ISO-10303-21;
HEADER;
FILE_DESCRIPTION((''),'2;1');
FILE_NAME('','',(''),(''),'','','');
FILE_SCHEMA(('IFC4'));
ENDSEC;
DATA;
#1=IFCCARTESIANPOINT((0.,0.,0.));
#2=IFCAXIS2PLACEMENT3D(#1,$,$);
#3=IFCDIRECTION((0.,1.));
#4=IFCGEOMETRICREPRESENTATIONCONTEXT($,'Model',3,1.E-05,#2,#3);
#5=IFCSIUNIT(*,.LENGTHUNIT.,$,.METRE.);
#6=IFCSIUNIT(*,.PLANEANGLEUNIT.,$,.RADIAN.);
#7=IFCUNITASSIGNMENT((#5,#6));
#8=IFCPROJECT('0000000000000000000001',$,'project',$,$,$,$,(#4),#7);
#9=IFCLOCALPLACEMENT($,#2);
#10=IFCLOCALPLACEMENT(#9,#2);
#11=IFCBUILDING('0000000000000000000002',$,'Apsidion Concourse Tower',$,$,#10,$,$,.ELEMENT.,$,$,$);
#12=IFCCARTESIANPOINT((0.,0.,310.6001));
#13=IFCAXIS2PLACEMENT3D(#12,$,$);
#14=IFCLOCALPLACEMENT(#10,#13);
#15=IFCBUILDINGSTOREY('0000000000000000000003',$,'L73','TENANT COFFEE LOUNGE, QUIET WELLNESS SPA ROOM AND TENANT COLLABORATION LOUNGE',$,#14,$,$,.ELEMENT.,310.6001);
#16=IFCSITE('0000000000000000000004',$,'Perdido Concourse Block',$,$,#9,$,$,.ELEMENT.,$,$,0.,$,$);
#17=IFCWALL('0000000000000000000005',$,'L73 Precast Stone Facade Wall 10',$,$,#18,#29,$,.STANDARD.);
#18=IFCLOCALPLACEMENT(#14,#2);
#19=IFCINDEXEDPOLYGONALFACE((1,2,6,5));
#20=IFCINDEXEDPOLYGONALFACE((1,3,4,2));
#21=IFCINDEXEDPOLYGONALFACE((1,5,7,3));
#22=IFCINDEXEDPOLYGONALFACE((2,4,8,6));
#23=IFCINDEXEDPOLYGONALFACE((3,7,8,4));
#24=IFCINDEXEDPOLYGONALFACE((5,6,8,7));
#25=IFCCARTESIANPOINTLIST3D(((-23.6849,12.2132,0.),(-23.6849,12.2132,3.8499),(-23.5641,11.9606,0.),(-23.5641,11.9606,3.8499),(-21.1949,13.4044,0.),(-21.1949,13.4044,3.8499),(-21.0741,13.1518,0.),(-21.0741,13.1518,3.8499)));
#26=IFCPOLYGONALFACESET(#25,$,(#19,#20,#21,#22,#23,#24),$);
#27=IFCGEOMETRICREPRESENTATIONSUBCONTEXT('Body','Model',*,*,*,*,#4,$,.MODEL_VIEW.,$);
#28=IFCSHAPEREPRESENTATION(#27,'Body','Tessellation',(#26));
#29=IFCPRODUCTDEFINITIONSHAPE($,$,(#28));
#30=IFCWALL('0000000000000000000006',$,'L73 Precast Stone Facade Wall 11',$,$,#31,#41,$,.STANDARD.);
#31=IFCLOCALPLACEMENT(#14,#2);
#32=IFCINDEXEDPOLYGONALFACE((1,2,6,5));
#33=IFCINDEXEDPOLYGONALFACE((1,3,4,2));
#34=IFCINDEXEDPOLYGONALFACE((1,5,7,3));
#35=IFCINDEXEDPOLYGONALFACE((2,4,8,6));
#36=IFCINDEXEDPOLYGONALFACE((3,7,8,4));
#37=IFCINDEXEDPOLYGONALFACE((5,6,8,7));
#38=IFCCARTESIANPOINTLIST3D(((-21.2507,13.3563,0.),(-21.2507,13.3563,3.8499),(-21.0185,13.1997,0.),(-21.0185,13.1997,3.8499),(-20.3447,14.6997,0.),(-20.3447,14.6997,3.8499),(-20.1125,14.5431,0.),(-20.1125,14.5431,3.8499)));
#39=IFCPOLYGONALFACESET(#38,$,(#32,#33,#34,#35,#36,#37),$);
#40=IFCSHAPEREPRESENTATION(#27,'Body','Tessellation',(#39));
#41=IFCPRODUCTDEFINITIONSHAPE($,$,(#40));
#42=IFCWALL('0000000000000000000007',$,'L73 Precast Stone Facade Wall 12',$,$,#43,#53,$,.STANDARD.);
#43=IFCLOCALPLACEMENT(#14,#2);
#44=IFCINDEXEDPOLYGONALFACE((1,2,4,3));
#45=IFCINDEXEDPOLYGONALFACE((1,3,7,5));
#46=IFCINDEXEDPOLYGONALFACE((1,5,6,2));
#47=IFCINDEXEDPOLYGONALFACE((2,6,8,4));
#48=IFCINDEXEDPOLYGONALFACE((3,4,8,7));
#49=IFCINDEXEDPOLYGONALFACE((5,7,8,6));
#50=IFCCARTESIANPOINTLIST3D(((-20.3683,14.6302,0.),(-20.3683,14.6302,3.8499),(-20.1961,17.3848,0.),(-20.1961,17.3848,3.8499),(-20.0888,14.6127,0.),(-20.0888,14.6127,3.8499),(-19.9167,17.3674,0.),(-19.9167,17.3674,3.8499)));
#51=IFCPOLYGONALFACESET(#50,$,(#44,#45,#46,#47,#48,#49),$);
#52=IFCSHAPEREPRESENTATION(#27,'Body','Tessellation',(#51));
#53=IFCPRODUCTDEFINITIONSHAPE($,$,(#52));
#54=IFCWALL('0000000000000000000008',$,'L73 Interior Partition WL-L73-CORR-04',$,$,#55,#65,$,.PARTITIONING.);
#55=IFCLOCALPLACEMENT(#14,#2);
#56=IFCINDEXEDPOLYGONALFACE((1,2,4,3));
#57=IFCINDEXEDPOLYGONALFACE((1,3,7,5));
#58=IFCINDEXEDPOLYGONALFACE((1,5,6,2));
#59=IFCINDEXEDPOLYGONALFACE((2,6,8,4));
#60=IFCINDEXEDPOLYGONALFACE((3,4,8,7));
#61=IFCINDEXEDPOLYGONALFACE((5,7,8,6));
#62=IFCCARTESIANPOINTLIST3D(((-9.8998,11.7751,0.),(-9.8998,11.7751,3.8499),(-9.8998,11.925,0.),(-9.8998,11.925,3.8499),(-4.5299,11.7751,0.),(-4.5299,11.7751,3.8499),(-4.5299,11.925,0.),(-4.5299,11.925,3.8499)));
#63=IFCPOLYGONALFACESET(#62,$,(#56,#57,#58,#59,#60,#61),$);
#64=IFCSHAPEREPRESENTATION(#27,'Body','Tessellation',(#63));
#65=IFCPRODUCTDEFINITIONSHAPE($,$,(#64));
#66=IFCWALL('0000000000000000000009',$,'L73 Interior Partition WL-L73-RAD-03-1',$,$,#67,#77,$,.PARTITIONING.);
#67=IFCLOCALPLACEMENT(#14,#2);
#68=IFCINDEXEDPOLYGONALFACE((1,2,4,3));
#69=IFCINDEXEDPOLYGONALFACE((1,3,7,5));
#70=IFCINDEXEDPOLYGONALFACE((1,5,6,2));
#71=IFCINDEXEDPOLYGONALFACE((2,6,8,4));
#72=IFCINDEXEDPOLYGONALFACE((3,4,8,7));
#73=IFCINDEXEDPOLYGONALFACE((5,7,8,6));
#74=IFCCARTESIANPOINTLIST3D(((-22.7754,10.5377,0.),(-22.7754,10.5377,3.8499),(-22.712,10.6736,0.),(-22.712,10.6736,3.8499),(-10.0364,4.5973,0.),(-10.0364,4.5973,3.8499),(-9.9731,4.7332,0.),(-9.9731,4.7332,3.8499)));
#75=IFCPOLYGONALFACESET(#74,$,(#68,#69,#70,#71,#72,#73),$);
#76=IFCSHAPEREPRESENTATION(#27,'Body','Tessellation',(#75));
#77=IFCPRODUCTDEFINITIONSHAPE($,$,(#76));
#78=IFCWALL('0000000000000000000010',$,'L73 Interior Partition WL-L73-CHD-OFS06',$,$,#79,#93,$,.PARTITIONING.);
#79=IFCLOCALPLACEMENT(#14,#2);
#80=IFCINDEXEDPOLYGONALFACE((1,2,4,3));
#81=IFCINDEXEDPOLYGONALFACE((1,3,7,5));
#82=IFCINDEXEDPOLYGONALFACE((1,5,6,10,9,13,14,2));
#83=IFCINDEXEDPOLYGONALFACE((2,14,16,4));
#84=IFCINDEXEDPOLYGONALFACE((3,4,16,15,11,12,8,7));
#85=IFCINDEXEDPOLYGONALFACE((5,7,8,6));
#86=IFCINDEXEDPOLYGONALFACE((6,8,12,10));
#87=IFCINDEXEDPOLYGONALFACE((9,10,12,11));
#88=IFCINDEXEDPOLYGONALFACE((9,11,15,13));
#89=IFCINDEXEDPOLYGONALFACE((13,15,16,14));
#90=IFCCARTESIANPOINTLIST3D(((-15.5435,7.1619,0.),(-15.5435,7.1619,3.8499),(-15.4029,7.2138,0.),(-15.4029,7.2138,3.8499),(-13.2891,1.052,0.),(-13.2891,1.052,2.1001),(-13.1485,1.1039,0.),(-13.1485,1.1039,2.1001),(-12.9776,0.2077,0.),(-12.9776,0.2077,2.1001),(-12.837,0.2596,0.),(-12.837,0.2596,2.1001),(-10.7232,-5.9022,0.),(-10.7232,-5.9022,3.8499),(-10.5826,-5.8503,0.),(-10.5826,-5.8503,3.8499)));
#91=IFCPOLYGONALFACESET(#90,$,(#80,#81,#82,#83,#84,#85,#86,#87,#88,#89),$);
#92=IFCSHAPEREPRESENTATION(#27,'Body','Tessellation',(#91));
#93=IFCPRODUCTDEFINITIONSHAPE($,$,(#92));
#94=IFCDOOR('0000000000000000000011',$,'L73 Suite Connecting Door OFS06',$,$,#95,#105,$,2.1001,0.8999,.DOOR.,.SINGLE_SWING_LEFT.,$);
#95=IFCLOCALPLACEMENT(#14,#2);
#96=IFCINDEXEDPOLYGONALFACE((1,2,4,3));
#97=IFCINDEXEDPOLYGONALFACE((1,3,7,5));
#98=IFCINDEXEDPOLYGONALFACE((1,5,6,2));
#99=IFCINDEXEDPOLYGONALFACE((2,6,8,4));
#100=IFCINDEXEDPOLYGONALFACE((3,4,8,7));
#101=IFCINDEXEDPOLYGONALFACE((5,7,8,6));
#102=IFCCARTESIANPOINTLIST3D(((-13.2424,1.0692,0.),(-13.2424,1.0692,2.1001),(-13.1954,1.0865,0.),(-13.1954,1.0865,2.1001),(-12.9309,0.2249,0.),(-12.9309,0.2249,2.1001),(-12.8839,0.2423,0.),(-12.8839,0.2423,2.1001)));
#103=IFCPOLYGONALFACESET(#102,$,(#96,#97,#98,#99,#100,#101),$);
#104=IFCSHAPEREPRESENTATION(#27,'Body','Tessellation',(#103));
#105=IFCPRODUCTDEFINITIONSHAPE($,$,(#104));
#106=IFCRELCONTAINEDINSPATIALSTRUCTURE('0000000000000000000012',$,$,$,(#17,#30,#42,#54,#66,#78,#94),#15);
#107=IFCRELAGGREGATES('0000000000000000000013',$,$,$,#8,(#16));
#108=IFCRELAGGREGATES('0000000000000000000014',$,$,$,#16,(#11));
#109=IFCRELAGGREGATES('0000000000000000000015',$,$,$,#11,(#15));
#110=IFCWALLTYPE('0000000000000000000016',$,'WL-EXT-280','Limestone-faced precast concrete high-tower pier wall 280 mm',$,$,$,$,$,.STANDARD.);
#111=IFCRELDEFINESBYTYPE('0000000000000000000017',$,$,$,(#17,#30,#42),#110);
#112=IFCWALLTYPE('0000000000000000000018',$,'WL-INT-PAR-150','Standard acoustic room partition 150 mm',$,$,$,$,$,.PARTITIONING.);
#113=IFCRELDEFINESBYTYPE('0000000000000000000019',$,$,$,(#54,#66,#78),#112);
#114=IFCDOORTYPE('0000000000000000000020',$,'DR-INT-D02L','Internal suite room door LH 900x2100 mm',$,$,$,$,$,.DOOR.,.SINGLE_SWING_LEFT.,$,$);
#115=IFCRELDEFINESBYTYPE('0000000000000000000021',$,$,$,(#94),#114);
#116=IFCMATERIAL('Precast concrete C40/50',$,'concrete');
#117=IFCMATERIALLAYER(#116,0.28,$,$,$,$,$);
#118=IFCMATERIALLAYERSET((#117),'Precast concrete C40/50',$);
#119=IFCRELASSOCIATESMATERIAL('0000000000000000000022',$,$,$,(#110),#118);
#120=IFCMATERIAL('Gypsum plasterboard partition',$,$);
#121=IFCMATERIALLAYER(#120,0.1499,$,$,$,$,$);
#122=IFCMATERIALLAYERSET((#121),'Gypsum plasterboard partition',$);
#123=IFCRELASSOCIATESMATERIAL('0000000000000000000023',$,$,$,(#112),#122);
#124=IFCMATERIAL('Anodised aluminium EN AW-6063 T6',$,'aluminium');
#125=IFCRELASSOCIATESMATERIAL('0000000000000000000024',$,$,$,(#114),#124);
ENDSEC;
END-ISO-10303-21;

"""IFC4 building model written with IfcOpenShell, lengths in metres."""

from ifc_helpers import new_model, si_unit, direction, frame, frame_2d, origin, place, context, subcontext, project, spatial, rectangle, extrude, material, layer, layer_set, type_object, element, fill, save


model = new_model("IFC4")

# Units and contexts
model_context = context("Model", 3, precision=1e-05, world=origin(), true_north=direction((0.0, 1.0)))
body_context = subcontext(model_context, "Body", "Model", "MODEL_VIEW")
ifc_project = project(units=[si_unit("LENGTHUNIT", "METRE"), si_unit("PLANEANGLEUNIT", "RADIAN")], contexts=[model_context])

# Site, building, storey
site_placement = place(None, origin())
site = spatial("IfcSite", under=ifc_project, at=site_placement, Name="Perdido Concourse Block", CompositionType="ELEMENT", RefElevation=0.0)
building_placement = place(site_placement, origin())
building = spatial("IfcBuilding", under=site, at=building_placement, Name="Apsidion Concourse Tower", CompositionType="ELEMENT")
storey_placement = place(building_placement, frame((0.0, 0.0, 310.6001)))
storey = spatial("IfcBuildingStorey", under=building, at=storey_placement, Name="L73", Description="TENANT COFFEE LOUNGE, QUIET WELLNESS SPA ROOM AND TENANT COLLABORATION LOUNGE", CompositionType="ELEMENT", Elevation=310.6001)

# Shared definitions
ifc_material_1 = material(Name="Precast concrete C40/50", Category="concrete")
ifc_layer_1 = layer(ifc_material_1, 0.28)
ifc_layer_set_1 = layer_set([ifc_layer_1], Name="Precast concrete C40/50")
wall_type_1 = type_object("IfcWallType", Name="WL-EXT-280", Description="Limestone-faced precast concrete high-tower pier wall 280 mm", PredefinedType="STANDARD", material=ifc_layer_set_1)
ifc_material_2 = material(Name="Anodised aluminium EN AW-6063 T6", Category="aluminium")

# Walls
wall_1_placement = place(storey_placement, frame((-23.6245, 12.0869, 0.0), z_axis=(0.0, 0.0, 1.0), x_axis=(0.902092, 0.431543, 0.0)))
element("IfcWall", 1, at=wall_1_placement, inside=storey, type_object=wall_type_1, Name="L73 Precast Stone Facade Wall 10", PredefinedType="STANDARD", context=body_context, shape_type="SweptSolid", body=[
    extrude(rectangle(XDim=2.7603, YDim=0.28, at=frame_2d((1.3801, 0.0))), origin(), (0.0, 0.0, 1.0), 3.8499),
])
wall_2_placement = place(storey_placement, frame((-21.1345, 13.2781, 0.0), z_axis=(0.0, 0.0, 1.0), x_axis=(0.559108, 0.829095, 0.0)))
element("IfcWall", 2, at=wall_2_placement, inside=storey, type_object=wall_type_1, Name="L73 Precast Stone Facade Wall 11", PredefinedType="STANDARD", context=body_context, shape_type="SweptSolid", body=[
    extrude(rectangle(XDim=1.6204, YDim=0.28, at=frame_2d((0.8101, 0.0))), origin(), (0.0, 0.0, 1.0), 3.8499),
])
wall_3_placement = place(storey_placement, frame((-20.2285, 14.6216, 0.0), z_axis=(0.0, 0.0, 1.0), x_axis=(0.062362, 0.998054, 0.0)))
element("IfcWall", 3, at=wall_3_placement, inside=storey, type_object=wall_type_1, Name="L73 Precast Stone Facade Wall 12", PredefinedType="STANDARD", context=body_context, shape_type="SweptSolid", body=[
    extrude(rectangle(XDim=2.76, YDim=0.28, at=frame_2d((1.3799, 0.0))), origin(), (0.0, 0.0, 1.0), 3.8499),
])
ifc_material_3 = material(Name="Gypsum plasterboard partition")
ifc_layer_2 = layer(ifc_material_3, 0.1499)
ifc_layer_set_2 = layer_set([ifc_layer_2], Name="Gypsum plasterboard partition")
wall_type_2 = type_object("IfcWallType", Name="WL-INT-PAR-150", Description="Standard acoustic room partition 150 mm", PredefinedType="PARTITIONING", material=ifc_layer_set_2)
wall_4_placement = place(storey_placement, frame((-9.8999, 11.8501, 0.0), z_axis=(0.0, 0.0, 1.0), x_axis=(1.0, 0.0, 0.0)))
element("IfcWall", 4, at=wall_4_placement, inside=storey, type_object=wall_type_2, Name="L73 Interior Partition WL-L73-CORR-04", PredefinedType="PARTITIONING", context=body_context, shape_type="SweptSolid", body=[
    extrude(rectangle(XDim=5.3699, YDim=0.1499, at=frame_2d((2.6851, 0.0))), origin(), (0.0, 0.0, 1.0), 3.8499),
])
wall_5_placement = place(storey_placement, frame((-10.0049, 4.6653, 0.0), z_axis=(0.0, 0.0, 1.0), x_axis=(-0.906304, 0.422626, 0.0)))
element("IfcWall", 5, at=wall_5_placement, inside=storey, type_object=wall_type_2, Name="L73 Interior Partition WL-L73-RAD-03-1", PredefinedType="PARTITIONING", context=body_context, shape_type="SweptSolid", body=[
    extrude(rectangle(XDim=14.0559, YDim=0.1499, at=frame_2d((7.0278, 0.0))), origin(), (0.0, 0.0, 1.0), 3.8499),
])

# Wall, opening, door
wall_6_placement = place(storey_placement, frame((-15.4731, 7.1877, 0.0), z_axis=(0.0, 0.0, 1.0), x_axis=(0.346159, -0.938176, 0.0)))
wall_6 = element("IfcWall", 6, at=wall_6_placement, inside=storey, type_object=wall_type_2, Name="L73 Interior Partition WL-L73-CHD-OFS06", PredefinedType="PARTITIONING", context=body_context, shape_type="SweptSolid", body=[
    extrude(rectangle(XDim=13.925, YDim=0.1499, at=frame_2d((6.9624, 0.0))), origin(), (0.0, 0.0, 1.0), 3.8499),
])
opening_1_placement = place(wall_6_placement, frame((6.5125, 0.0, 0.0)))
opening_1 = element("IfcOpeningElement", 7, at=opening_1_placement, cuts=wall_6, PredefinedType="OPENING", context=body_context, shape_type="SweptSolid", body=[
    extrude(rectangle(XDim=0.8999, YDim=2.1001, at=frame_2d((0.45, 1.05))), frame((0.0, 0.085, 0.0), z_axis=(0.0, -1.0, 0.0), x_axis=(1.0, 0.0, 0.0)), (0.0, 0.0, 1.0), 0.1699),
])
door_type_1 = type_object("IfcDoorType", Name="DR-INT-D02L", Description="Internal suite room door LH 900x2100 mm", OperationType="SINGLE_SWING_LEFT", PredefinedType="DOOR", material=ifc_material_2)
door_1_placement = place(opening_1_placement, origin())
door_1 = element("IfcDoor", 8, at=door_1_placement, inside=storey, type_object=door_type_1, Name="L73 Suite Connecting Door OFS06", OperationType="SINGLE_SWING_LEFT", OverallHeight=2.1001, OverallWidth=0.8999, PredefinedType="DOOR", context=body_context, shape_type="SweptSolid", body=[
    extrude(rectangle(XDim=0.8999, YDim=2.1001, at=frame_2d((0.45, 1.05))), frame((0.0, 0.0249, 0.0), z_axis=(0.0, -1.0, 0.0), x_axis=(1.0, 0.0, 0.0)), (0.0, 0.0, 1.0), 0.05),
])
fill(opening_1, door_1)

save(model, "model.ifc")
